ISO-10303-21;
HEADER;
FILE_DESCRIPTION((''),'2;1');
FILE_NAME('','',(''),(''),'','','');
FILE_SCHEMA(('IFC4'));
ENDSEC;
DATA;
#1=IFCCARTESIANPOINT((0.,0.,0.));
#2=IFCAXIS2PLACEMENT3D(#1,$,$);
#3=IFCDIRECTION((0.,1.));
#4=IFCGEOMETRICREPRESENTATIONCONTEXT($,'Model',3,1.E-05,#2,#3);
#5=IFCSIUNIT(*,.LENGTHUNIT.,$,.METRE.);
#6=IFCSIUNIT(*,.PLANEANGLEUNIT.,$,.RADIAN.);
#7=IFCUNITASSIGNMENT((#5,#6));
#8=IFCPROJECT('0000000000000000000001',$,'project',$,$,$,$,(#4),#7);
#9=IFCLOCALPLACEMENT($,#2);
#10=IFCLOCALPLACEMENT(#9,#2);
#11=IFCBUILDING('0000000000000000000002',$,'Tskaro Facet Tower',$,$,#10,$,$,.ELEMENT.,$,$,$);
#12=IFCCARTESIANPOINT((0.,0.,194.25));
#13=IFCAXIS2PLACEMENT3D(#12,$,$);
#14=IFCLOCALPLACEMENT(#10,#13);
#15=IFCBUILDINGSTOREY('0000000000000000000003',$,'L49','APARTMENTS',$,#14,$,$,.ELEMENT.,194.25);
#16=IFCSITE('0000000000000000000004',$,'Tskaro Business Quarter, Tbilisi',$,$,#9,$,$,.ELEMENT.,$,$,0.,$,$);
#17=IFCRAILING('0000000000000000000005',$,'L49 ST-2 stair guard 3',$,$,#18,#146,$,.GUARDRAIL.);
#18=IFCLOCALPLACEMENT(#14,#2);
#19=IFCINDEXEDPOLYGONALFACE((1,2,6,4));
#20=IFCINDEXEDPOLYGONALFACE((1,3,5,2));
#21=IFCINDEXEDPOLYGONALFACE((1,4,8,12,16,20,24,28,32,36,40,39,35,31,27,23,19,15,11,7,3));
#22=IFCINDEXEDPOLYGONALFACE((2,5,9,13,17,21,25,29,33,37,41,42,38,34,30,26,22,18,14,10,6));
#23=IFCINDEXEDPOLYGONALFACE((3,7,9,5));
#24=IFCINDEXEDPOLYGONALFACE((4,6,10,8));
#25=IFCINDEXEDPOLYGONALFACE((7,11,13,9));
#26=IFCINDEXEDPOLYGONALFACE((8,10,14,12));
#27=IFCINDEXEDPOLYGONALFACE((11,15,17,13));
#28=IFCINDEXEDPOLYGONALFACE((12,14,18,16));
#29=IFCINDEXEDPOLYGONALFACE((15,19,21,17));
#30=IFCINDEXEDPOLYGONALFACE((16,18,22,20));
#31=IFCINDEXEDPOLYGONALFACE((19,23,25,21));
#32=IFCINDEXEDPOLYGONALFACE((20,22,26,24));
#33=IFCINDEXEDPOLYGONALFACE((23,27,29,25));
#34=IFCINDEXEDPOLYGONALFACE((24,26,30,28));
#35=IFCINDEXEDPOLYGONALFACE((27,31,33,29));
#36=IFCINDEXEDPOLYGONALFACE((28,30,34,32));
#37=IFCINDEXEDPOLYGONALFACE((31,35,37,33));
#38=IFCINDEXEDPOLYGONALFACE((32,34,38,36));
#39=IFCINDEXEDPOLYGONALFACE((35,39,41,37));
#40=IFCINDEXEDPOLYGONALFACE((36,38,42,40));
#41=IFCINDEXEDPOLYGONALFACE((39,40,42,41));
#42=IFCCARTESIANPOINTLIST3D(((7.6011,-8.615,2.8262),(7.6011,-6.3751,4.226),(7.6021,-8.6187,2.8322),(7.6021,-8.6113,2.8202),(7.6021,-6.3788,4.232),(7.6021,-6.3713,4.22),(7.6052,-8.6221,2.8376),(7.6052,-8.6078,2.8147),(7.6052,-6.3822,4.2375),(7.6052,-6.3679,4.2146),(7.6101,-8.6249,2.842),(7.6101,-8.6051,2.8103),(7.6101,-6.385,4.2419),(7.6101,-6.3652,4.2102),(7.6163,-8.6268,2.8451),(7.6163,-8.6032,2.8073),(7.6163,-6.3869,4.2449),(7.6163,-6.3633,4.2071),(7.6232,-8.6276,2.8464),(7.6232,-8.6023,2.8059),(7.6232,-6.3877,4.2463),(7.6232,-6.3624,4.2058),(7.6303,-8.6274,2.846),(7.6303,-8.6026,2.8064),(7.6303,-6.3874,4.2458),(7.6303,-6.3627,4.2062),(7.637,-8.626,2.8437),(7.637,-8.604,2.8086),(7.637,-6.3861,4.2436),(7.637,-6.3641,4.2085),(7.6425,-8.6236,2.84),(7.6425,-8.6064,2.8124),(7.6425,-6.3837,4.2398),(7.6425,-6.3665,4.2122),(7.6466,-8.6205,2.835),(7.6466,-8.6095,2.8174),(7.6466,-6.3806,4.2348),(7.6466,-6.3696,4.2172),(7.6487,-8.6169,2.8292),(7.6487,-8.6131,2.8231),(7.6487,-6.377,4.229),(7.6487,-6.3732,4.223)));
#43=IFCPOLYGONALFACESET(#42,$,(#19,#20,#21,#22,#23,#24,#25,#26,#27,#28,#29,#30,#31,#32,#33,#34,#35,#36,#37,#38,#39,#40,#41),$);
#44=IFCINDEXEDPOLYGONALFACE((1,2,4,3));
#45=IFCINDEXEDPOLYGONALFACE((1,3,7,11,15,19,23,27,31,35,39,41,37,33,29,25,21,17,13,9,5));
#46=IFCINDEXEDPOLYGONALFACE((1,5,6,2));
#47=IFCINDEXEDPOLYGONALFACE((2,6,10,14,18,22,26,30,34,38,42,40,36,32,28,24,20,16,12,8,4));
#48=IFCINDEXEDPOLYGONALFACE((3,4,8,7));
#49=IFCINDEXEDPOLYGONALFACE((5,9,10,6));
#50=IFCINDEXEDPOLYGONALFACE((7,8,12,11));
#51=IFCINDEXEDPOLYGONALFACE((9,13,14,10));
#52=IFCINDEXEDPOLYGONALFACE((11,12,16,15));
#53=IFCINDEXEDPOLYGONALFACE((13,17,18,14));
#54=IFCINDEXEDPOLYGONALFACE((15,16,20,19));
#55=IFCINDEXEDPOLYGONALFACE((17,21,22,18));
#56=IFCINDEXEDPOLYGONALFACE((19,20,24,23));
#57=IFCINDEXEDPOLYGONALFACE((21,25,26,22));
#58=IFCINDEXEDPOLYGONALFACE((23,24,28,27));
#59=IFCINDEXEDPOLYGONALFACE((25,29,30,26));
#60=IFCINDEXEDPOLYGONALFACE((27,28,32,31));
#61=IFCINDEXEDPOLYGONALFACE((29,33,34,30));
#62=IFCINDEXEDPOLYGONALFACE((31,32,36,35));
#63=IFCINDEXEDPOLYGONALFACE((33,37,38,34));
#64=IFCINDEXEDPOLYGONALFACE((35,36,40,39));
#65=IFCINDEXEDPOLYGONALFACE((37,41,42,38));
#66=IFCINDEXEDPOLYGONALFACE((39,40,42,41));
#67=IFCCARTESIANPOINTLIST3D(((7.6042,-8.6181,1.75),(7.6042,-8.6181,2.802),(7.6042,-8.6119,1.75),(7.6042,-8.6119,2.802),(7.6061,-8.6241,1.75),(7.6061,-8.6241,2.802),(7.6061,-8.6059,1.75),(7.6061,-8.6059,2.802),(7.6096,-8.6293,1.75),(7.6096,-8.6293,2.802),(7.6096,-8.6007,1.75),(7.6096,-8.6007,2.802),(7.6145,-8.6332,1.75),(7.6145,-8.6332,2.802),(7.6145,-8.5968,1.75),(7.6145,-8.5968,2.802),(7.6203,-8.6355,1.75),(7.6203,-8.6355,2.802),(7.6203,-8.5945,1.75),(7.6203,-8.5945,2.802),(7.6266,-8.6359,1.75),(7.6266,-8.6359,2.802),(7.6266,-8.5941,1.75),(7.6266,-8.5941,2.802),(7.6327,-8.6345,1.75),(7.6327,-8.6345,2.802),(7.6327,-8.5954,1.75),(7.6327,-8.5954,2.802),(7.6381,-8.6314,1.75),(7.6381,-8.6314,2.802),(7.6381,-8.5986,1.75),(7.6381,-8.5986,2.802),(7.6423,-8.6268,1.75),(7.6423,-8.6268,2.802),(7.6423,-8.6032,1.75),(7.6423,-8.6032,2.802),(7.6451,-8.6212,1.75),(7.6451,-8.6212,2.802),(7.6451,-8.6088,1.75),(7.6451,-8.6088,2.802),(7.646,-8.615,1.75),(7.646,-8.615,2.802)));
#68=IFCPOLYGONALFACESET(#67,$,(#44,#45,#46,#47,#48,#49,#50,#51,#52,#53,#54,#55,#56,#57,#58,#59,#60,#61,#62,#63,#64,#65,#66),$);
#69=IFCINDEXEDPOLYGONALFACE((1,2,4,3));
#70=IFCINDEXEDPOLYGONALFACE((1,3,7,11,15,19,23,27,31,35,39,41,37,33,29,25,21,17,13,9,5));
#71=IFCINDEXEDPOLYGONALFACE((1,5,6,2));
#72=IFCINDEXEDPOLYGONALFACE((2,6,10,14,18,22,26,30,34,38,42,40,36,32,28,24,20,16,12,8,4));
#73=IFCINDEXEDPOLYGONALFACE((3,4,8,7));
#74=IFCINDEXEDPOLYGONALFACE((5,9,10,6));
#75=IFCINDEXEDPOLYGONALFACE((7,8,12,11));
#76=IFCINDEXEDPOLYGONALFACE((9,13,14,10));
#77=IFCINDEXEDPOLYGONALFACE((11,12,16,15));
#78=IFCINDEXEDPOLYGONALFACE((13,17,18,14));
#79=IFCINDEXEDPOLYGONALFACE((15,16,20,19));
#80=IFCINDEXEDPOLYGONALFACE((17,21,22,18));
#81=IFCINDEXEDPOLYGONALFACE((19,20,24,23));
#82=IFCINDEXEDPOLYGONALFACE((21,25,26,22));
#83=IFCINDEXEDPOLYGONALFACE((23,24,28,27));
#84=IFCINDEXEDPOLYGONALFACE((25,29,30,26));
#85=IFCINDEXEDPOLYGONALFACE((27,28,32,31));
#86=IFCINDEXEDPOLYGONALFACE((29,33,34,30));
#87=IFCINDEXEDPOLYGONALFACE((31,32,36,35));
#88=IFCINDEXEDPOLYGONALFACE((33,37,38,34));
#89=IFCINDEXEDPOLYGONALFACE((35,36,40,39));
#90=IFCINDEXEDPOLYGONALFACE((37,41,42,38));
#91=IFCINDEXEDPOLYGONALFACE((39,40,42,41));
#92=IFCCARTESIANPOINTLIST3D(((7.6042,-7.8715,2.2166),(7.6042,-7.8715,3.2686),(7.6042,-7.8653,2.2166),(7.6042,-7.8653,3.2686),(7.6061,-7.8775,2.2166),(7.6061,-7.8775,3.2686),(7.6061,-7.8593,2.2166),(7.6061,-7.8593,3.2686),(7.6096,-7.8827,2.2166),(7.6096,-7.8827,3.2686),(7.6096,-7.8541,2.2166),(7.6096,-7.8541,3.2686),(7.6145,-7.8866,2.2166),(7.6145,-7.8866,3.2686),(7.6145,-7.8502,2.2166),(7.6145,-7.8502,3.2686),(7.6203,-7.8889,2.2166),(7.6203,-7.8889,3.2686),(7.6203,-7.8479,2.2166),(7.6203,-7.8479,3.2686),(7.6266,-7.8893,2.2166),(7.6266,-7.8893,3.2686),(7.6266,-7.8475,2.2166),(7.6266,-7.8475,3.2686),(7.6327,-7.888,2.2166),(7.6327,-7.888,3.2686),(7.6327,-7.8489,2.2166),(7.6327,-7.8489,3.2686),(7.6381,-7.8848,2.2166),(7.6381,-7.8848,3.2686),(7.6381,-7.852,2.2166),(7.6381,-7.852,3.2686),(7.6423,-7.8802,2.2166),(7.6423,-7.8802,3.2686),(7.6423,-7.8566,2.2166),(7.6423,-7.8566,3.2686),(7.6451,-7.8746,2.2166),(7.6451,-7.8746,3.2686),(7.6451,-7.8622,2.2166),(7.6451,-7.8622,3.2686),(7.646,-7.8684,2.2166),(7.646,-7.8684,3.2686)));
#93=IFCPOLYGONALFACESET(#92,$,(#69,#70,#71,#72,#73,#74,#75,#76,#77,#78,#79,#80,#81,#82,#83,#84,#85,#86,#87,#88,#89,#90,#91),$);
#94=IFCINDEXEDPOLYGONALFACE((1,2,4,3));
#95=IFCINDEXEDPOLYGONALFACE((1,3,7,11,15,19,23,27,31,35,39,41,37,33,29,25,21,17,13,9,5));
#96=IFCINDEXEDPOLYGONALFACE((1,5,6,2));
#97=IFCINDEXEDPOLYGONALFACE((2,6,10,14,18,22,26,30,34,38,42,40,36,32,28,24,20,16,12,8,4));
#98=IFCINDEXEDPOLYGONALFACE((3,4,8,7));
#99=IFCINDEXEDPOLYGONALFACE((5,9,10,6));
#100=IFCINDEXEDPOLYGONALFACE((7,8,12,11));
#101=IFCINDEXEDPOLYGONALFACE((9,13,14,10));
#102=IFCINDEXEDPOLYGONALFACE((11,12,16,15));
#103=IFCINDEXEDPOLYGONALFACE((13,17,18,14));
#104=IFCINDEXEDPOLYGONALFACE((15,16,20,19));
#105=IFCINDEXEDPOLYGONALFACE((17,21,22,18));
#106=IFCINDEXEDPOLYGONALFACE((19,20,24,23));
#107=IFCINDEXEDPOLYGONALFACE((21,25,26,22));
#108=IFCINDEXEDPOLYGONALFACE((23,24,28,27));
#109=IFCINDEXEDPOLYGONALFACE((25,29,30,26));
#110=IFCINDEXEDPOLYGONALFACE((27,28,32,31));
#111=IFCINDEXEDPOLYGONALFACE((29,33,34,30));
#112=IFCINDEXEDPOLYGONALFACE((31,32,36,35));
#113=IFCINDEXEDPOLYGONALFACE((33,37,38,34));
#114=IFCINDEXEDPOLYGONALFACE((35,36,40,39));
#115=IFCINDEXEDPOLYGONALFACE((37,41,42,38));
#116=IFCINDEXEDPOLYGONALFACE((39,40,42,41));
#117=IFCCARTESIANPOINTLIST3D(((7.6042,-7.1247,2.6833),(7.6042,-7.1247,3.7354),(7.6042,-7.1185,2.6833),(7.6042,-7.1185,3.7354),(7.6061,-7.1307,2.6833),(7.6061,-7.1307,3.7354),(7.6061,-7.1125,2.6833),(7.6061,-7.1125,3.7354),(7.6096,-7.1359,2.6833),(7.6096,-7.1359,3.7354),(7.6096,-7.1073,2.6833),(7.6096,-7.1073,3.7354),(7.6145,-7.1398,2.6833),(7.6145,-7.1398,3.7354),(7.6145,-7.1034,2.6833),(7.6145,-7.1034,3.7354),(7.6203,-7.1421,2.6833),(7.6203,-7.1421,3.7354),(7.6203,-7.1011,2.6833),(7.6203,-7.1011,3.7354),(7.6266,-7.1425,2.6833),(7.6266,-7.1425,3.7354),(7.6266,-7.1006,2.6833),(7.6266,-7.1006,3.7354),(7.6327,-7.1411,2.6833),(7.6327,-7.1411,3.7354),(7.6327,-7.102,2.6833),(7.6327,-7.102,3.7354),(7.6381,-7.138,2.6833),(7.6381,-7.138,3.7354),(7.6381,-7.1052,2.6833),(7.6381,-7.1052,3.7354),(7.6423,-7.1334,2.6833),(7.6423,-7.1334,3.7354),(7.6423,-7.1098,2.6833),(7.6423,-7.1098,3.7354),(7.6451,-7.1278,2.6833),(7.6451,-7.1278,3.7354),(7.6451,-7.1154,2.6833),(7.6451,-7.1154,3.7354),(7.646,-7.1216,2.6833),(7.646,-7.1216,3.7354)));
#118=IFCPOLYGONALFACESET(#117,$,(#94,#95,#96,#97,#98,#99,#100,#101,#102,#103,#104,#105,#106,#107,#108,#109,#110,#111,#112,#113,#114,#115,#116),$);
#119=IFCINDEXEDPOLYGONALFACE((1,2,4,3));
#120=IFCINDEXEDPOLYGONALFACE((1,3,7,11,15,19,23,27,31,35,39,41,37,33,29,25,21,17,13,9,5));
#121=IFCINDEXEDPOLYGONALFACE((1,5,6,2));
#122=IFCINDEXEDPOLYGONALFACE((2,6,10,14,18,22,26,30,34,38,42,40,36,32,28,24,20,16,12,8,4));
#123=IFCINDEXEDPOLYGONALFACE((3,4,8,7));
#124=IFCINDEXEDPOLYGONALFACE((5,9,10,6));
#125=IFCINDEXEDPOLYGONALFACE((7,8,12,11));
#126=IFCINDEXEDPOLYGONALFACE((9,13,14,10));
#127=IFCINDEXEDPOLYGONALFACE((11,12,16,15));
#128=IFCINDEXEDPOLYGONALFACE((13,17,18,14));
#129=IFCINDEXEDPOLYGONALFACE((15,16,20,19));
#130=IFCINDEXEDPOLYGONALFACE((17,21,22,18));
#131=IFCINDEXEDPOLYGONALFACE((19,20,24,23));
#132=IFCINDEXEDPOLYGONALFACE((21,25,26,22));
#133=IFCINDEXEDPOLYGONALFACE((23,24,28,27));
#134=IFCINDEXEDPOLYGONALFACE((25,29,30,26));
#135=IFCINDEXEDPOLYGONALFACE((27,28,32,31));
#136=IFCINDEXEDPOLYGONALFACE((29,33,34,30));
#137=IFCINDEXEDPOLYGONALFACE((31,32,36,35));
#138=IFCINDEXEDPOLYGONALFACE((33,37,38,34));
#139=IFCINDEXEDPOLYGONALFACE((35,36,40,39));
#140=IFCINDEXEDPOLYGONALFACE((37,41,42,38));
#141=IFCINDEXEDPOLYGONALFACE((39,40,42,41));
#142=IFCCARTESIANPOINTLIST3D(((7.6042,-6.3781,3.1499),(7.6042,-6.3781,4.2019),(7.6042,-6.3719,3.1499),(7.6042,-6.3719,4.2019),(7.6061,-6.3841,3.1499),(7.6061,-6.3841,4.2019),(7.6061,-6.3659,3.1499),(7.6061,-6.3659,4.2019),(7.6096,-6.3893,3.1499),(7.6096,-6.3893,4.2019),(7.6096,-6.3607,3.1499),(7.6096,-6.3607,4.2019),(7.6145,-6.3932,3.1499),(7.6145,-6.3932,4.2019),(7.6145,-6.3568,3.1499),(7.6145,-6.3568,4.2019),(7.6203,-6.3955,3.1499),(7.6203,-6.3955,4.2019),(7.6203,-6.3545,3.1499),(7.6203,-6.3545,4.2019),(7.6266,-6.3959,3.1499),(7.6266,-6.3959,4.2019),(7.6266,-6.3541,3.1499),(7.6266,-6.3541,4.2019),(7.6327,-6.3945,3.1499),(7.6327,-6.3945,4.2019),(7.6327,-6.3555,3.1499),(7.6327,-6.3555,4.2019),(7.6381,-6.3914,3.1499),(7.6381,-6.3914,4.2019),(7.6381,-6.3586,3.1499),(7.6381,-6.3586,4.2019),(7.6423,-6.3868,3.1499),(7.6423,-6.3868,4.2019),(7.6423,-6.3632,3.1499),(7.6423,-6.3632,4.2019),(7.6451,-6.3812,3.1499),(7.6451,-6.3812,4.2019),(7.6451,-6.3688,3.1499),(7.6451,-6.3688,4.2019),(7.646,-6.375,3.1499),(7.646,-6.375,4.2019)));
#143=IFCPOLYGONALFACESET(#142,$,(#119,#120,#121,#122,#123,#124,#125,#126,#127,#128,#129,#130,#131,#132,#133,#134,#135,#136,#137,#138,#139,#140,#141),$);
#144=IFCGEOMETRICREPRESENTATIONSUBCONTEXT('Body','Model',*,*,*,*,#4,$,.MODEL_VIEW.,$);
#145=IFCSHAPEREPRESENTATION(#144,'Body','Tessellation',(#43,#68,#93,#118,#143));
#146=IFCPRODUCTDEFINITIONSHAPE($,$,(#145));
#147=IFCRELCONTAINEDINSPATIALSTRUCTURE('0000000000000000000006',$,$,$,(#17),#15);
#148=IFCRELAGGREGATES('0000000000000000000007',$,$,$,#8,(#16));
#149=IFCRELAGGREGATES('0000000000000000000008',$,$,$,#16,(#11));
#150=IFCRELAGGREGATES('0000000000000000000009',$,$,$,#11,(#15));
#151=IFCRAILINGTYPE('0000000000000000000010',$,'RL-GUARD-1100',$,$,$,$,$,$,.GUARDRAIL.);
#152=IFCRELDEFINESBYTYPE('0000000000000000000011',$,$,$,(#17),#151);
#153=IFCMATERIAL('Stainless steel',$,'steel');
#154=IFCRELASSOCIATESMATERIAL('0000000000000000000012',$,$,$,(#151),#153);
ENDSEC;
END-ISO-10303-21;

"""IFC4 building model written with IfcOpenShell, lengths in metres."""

from ifc_helpers import new_model, si_unit, direction, frame, origin, origin_2d, place, context, subcontext, project, spatial, circle, extrude, material, type_object, element, save


model = new_model("IFC4")

# Units and contexts
model_context = context("Model", 3, precision=1e-05, world=origin(), true_north=direction((0.0, 1.0)))
body_context = subcontext(model_context, "Body", "Model", "MODEL_VIEW")
ifc_project = project(units=[si_unit("LENGTHUNIT", "METRE"), si_unit("PLANEANGLEUNIT", "RADIAN")], contexts=[model_context])

# Site, building, storey
site_placement = place(None, origin())
site = spatial("IfcSite", under=ifc_project, at=site_placement, Name="Tskaro Business Quarter, Tbilisi", CompositionType="ELEMENT", RefElevation=0.0)
building_placement = place(site_placement, origin())
building = spatial("IfcBuilding", under=site, at=building_placement, Name="Tskaro Facet Tower", CompositionType="ELEMENT")
storey_placement = place(building_placement, frame((0.0, 0.0, 194.25)))
storey = spatial("IfcBuildingStorey", under=building, at=storey_placement, Name="L49", Description="APARTMENTS", CompositionType="ELEMENT", Elevation=194.25)

# Shared definitions
ifc_material_1 = material(Name="Stainless steel", Category="steel")

# Railing
railing_type_1 = type_object("IfcRailingType", Name="RL-GUARD-1100", PredefinedType="GUARDRAIL", material=ifc_material_1)
railing_1_placement = place(storey_placement, frame((7.625, -8.615, 1.75)))
element("IfcRailing", 1, at=railing_1_placement, inside=storey, type_object=railing_type_1, Name="L49 ST-2 stair guard 3", PredefinedType="GUARDRAIL", context=body_context, shape_type="SweptSolid", body=[
    extrude(circle(Radius=0.0239, at=origin_2d()), frame((0.0, 0.0, 1.0762), z_axis=(0.0, 0.848014, 0.529974), x_axis=(-1.0, 0.0, 0.0)), (0.0, 0.0, 1.0), 2.6414),
    extrude(circle(Radius=0.021, at=origin_2d()), origin(), (0.0, 0.0, 1.0), 1.052),
    extrude(circle(Radius=0.021, at=origin_2d()), frame((0.0, 0.7466, 0.4666)), (0.0, 0.0, 1.0), 1.052),
    extrude(circle(Radius=0.021, at=origin_2d()), frame((0.0, 1.4934, 0.9333)), (0.0, 0.0, 1.0), 1.052),
    extrude(circle(Radius=0.021, at=origin_2d()), frame((0.0, 2.24, 1.3999)), (0.0, 0.0, 1.0), 1.052),
])

save(model, "model.ifc")
